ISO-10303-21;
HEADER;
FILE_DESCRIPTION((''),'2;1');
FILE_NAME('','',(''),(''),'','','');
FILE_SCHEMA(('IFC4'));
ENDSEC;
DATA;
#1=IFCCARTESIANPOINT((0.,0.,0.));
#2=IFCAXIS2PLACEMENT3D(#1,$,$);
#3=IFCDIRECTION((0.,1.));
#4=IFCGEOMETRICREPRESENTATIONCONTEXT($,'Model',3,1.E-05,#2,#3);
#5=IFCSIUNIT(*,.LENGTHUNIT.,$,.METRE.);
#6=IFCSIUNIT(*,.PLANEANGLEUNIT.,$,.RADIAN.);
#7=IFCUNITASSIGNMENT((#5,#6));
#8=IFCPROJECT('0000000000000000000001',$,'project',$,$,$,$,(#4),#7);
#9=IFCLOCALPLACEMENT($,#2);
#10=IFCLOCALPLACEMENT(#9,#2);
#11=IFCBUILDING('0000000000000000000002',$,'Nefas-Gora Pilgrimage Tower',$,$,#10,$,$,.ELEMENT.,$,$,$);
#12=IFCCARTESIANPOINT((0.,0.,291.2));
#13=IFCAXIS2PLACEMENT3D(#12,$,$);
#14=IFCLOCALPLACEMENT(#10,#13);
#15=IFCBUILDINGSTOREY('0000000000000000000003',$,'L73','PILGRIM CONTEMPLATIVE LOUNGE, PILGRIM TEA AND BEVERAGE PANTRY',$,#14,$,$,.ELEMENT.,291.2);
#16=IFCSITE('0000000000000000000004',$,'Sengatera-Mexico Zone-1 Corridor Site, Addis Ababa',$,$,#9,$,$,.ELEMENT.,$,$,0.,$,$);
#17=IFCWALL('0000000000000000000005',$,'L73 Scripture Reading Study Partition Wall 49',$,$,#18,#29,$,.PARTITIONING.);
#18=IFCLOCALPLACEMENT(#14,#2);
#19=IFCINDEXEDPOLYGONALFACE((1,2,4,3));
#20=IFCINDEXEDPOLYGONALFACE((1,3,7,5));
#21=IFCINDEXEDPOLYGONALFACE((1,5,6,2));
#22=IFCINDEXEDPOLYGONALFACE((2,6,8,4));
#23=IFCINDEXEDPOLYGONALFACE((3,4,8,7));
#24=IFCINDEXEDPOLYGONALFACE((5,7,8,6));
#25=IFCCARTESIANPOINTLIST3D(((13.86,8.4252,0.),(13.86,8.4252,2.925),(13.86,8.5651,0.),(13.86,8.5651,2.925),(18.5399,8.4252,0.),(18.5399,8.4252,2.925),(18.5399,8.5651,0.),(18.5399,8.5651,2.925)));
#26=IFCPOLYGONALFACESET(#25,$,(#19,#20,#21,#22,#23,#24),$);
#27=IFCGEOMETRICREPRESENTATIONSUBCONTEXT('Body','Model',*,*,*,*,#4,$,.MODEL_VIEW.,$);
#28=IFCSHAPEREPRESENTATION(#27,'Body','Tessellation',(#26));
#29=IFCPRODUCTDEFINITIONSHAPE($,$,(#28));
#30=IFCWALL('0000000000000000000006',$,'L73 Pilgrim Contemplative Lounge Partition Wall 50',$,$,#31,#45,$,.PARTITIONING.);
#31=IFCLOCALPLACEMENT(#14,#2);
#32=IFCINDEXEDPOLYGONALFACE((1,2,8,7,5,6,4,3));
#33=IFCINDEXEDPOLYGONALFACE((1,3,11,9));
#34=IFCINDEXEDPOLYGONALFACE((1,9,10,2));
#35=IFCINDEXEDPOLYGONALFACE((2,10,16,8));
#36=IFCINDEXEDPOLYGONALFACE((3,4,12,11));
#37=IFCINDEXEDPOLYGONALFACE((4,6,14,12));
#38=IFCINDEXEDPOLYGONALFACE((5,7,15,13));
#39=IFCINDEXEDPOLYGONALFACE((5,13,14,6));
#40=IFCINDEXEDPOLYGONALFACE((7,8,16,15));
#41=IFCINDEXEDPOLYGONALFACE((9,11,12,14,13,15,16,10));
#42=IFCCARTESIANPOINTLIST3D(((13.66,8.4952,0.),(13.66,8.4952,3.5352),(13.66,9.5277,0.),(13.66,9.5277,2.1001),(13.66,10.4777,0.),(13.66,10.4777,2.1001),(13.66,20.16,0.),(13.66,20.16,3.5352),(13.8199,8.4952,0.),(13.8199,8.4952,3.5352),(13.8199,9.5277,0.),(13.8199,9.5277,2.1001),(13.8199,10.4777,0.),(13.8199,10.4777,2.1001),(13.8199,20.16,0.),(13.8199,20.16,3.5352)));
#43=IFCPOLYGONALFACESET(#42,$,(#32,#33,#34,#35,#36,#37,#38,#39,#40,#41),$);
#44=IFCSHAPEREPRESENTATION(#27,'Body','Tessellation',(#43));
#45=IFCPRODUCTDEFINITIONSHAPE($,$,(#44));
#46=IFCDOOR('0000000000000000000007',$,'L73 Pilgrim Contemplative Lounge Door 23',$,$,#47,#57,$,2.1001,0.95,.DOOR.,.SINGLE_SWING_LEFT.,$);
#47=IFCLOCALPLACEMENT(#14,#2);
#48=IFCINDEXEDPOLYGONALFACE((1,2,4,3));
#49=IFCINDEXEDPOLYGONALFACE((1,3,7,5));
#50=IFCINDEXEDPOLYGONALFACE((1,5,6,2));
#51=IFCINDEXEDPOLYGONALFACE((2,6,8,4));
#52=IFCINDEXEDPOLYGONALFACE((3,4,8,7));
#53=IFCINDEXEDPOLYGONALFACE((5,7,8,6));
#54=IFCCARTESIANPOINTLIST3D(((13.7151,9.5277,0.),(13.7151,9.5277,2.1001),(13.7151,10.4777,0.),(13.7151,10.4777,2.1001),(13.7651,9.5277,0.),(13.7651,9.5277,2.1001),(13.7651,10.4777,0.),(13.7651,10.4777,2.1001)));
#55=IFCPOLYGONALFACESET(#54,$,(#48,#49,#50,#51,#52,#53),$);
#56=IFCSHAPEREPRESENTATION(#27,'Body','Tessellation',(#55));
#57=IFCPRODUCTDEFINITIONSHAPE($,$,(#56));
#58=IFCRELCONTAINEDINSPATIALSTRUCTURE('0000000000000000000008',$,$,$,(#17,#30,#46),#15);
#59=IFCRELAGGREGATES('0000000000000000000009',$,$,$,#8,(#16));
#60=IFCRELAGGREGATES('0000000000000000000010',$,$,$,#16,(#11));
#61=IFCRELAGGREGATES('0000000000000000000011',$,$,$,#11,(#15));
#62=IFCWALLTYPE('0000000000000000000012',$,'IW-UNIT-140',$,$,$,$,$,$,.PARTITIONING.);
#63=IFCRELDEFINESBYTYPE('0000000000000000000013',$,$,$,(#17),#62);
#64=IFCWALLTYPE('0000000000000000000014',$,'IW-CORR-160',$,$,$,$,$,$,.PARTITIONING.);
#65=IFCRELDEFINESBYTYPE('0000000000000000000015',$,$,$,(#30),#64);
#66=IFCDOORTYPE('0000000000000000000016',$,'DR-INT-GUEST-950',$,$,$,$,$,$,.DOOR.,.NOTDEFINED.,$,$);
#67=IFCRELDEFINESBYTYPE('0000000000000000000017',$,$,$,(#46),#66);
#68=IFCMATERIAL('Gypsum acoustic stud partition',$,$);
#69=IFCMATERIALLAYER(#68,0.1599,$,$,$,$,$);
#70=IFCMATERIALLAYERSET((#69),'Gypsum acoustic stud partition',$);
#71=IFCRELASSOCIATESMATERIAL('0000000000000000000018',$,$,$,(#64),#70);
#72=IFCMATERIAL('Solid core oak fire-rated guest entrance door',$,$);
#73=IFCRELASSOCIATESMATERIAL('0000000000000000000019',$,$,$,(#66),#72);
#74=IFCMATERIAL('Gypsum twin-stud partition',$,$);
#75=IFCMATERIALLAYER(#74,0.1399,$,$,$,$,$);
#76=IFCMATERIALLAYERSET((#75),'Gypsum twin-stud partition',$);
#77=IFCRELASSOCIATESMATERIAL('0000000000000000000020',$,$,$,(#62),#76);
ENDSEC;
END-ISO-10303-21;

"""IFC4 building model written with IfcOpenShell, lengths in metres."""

from ifc_helpers import new_model, si_unit, direction, frame, frame_2d, origin, place, context, subcontext, project, spatial, rectangle, extrude, source, transform, mapped, material, layer, layer_set, type_object, element, fill, save


model = new_model("IFC4")

# Units and contexts
model_context = context("Model", 3, precision=1e-05, world=origin(), true_north=direction((0.0, 1.0)))
body_context = subcontext(model_context, "Body", "Model", "MODEL_VIEW")
ifc_project = project(units=[si_unit("LENGTHUNIT", "METRE"), si_unit("PLANEANGLEUNIT", "RADIAN")], contexts=[model_context])

# Site, building, storey
site_placement = place(None, origin())
site = spatial("IfcSite", under=ifc_project, at=site_placement, Name="Sengatera-Mexico Zone-1 Corridor Site, Addis Ababa", CompositionType="ELEMENT", RefElevation=0.0)
building_placement = place(site_placement, origin())
building = spatial("IfcBuilding", under=site, at=building_placement, Name="Nefas-Gora Pilgrimage Tower", CompositionType="ELEMENT")
storey_placement = place(building_placement, frame((0.0, 0.0, 291.2)))
storey = spatial("IfcBuildingStorey", under=building, at=storey_placement, Name="L73", Description="PILGRIM CONTEMPLATIVE LOUNGE, PILGRIM TEA AND BEVERAGE PANTRY", CompositionType="ELEMENT", Elevation=291.2)

# Shared definitions
ifc_material_1 = material(Name="Gypsum acoustic stud partition")
ifc_layer_1 = layer(ifc_material_1, 0.1599)
ifc_layer_set_1 = layer_set([ifc_layer_1], Name="Gypsum acoustic stud partition")
wall_type_1 = type_object("IfcWallType", Name="IW-CORR-160", PredefinedType="PARTITIONING", material=ifc_layer_set_1)
ifc_material_2 = material(Name="Solid core oak fire-rated guest entrance door")
door_type = type_object("IfcDoorType", Name="DR-INT-GUEST-950", OperationType="NOTDEFINED", PredefinedType="DOOR", material=ifc_material_2)
shared_shape_1 = source(origin(), body_context, "Body", "SweptSolid", [
    extrude(rectangle(XDim=0.95, YDim=2.1001, at=frame_2d((0.4751, 1.05))), frame((0.0, 0.0249, 0.0), z_axis=(0.0, -1.0, 0.0), x_axis=(1.0, 0.0, 0.0)), (0.0, 0.0, 1.0), 0.05),
])

# Wall
ifc_material_3 = material(Name="Gypsum twin-stud partition")
ifc_layer_2 = layer(ifc_material_3, 0.1399)
ifc_layer_set_2 = layer_set([ifc_layer_2], Name="Gypsum twin-stud partition")
wall_type_2 = type_object("IfcWallType", Name="IW-UNIT-140", PredefinedType="PARTITIONING", material=ifc_layer_set_2)
shared_shape_2 = source(origin(), body_context, "Body", "SweptSolid", [
    extrude(rectangle(XDim=4.6799, YDim=0.1399, at=frame_2d((2.3398, 0.0))), origin(), (0.0, 0.0, 1.0), 2.925),
])
wall_1_placement = place(storey_placement, frame((13.8601, 8.4951, 0.0), z_axis=(0.0, 0.0, 1.0), x_axis=(1.0, 0.0, 0.0)))
element("IfcWall", 1, at=wall_1_placement, inside=storey, type_object=wall_type_2, Name="L73 Scripture Reading Study Partition Wall 49", PredefinedType="PARTITIONING", context=body_context, shape_type="MappedRepresentation", body=[
    mapped(shared_shape_2, transform((0.0, 0.0, 0.0), x_axis=(1.0, 0.0, 0.0), y_axis=(0.0, 1.0, 0.0), z_axis=(0.0, 0.0, 1.0), scale=1.0)),
])

# Wall, opening, door
shared_shape_3 = source(origin(), body_context, "Body", "SweptSolid", [
    extrude(rectangle(XDim=11.6648, YDim=0.1599, at=frame_2d((5.8325, 0.0))), origin(), (0.0, 0.0, 1.0), 3.5352),
])
wall_2_placement = place(storey_placement, frame((13.74, 8.4951, 0.0), z_axis=(0.0, 0.0, 1.0), x_axis=(0.0, 1.0, 0.0)))
wall_2 = element("IfcWall", 2, at=wall_2_placement, inside=storey, type_object=wall_type_1, Name="L73 Pilgrim Contemplative Lounge Partition Wall 50", PredefinedType="PARTITIONING", context=body_context, shape_type="MappedRepresentation", body=[
    mapped(shared_shape_3, transform((0.0, 0.0, 0.0), x_axis=(1.0, 0.0, 0.0), y_axis=(0.0, 1.0, 0.0), z_axis=(0.0, 0.0, 1.0), scale=1.0)),
])
opening_1_placement = place(wall_2_placement, frame((1.0325, 0.0, 0.0)))
opening_1 = element("IfcOpeningElement", 3, at=opening_1_placement, cuts=wall_2, PredefinedType="OPENING", context=body_context, shape_type="SweptSolid", body=[
    extrude(rectangle(XDim=0.95, YDim=2.1001, at=frame_2d((0.4751, 1.05))), frame((0.0, 0.0898, 0.0), z_axis=(0.0, -1.0, 0.0), x_axis=(1.0, 0.0, 0.0)), (0.0, 0.0, 1.0), 0.1799),
])
door_1_placement = place(opening_1_placement, origin())
door_1 = element("IfcDoor", 4, at=door_1_placement, inside=storey, type_object=door_type, Name="L73 Pilgrim Contemplative Lounge Door 23", OperationType="SINGLE_SWING_LEFT", OverallHeight=2.1001, OverallWidth=0.95, PredefinedType="DOOR", context=body_context, shape_type="MappedRepresentation", body=[
    mapped(shared_shape_1, transform((0.0, 0.0, 0.0), x_axis=(1.0, 0.0, 0.0), y_axis=(0.0, 1.0, 0.0), z_axis=(0.0, 0.0, 1.0), scale=1.0)),
])
fill(opening_1, door_1)

save(model, "model.ifc")
